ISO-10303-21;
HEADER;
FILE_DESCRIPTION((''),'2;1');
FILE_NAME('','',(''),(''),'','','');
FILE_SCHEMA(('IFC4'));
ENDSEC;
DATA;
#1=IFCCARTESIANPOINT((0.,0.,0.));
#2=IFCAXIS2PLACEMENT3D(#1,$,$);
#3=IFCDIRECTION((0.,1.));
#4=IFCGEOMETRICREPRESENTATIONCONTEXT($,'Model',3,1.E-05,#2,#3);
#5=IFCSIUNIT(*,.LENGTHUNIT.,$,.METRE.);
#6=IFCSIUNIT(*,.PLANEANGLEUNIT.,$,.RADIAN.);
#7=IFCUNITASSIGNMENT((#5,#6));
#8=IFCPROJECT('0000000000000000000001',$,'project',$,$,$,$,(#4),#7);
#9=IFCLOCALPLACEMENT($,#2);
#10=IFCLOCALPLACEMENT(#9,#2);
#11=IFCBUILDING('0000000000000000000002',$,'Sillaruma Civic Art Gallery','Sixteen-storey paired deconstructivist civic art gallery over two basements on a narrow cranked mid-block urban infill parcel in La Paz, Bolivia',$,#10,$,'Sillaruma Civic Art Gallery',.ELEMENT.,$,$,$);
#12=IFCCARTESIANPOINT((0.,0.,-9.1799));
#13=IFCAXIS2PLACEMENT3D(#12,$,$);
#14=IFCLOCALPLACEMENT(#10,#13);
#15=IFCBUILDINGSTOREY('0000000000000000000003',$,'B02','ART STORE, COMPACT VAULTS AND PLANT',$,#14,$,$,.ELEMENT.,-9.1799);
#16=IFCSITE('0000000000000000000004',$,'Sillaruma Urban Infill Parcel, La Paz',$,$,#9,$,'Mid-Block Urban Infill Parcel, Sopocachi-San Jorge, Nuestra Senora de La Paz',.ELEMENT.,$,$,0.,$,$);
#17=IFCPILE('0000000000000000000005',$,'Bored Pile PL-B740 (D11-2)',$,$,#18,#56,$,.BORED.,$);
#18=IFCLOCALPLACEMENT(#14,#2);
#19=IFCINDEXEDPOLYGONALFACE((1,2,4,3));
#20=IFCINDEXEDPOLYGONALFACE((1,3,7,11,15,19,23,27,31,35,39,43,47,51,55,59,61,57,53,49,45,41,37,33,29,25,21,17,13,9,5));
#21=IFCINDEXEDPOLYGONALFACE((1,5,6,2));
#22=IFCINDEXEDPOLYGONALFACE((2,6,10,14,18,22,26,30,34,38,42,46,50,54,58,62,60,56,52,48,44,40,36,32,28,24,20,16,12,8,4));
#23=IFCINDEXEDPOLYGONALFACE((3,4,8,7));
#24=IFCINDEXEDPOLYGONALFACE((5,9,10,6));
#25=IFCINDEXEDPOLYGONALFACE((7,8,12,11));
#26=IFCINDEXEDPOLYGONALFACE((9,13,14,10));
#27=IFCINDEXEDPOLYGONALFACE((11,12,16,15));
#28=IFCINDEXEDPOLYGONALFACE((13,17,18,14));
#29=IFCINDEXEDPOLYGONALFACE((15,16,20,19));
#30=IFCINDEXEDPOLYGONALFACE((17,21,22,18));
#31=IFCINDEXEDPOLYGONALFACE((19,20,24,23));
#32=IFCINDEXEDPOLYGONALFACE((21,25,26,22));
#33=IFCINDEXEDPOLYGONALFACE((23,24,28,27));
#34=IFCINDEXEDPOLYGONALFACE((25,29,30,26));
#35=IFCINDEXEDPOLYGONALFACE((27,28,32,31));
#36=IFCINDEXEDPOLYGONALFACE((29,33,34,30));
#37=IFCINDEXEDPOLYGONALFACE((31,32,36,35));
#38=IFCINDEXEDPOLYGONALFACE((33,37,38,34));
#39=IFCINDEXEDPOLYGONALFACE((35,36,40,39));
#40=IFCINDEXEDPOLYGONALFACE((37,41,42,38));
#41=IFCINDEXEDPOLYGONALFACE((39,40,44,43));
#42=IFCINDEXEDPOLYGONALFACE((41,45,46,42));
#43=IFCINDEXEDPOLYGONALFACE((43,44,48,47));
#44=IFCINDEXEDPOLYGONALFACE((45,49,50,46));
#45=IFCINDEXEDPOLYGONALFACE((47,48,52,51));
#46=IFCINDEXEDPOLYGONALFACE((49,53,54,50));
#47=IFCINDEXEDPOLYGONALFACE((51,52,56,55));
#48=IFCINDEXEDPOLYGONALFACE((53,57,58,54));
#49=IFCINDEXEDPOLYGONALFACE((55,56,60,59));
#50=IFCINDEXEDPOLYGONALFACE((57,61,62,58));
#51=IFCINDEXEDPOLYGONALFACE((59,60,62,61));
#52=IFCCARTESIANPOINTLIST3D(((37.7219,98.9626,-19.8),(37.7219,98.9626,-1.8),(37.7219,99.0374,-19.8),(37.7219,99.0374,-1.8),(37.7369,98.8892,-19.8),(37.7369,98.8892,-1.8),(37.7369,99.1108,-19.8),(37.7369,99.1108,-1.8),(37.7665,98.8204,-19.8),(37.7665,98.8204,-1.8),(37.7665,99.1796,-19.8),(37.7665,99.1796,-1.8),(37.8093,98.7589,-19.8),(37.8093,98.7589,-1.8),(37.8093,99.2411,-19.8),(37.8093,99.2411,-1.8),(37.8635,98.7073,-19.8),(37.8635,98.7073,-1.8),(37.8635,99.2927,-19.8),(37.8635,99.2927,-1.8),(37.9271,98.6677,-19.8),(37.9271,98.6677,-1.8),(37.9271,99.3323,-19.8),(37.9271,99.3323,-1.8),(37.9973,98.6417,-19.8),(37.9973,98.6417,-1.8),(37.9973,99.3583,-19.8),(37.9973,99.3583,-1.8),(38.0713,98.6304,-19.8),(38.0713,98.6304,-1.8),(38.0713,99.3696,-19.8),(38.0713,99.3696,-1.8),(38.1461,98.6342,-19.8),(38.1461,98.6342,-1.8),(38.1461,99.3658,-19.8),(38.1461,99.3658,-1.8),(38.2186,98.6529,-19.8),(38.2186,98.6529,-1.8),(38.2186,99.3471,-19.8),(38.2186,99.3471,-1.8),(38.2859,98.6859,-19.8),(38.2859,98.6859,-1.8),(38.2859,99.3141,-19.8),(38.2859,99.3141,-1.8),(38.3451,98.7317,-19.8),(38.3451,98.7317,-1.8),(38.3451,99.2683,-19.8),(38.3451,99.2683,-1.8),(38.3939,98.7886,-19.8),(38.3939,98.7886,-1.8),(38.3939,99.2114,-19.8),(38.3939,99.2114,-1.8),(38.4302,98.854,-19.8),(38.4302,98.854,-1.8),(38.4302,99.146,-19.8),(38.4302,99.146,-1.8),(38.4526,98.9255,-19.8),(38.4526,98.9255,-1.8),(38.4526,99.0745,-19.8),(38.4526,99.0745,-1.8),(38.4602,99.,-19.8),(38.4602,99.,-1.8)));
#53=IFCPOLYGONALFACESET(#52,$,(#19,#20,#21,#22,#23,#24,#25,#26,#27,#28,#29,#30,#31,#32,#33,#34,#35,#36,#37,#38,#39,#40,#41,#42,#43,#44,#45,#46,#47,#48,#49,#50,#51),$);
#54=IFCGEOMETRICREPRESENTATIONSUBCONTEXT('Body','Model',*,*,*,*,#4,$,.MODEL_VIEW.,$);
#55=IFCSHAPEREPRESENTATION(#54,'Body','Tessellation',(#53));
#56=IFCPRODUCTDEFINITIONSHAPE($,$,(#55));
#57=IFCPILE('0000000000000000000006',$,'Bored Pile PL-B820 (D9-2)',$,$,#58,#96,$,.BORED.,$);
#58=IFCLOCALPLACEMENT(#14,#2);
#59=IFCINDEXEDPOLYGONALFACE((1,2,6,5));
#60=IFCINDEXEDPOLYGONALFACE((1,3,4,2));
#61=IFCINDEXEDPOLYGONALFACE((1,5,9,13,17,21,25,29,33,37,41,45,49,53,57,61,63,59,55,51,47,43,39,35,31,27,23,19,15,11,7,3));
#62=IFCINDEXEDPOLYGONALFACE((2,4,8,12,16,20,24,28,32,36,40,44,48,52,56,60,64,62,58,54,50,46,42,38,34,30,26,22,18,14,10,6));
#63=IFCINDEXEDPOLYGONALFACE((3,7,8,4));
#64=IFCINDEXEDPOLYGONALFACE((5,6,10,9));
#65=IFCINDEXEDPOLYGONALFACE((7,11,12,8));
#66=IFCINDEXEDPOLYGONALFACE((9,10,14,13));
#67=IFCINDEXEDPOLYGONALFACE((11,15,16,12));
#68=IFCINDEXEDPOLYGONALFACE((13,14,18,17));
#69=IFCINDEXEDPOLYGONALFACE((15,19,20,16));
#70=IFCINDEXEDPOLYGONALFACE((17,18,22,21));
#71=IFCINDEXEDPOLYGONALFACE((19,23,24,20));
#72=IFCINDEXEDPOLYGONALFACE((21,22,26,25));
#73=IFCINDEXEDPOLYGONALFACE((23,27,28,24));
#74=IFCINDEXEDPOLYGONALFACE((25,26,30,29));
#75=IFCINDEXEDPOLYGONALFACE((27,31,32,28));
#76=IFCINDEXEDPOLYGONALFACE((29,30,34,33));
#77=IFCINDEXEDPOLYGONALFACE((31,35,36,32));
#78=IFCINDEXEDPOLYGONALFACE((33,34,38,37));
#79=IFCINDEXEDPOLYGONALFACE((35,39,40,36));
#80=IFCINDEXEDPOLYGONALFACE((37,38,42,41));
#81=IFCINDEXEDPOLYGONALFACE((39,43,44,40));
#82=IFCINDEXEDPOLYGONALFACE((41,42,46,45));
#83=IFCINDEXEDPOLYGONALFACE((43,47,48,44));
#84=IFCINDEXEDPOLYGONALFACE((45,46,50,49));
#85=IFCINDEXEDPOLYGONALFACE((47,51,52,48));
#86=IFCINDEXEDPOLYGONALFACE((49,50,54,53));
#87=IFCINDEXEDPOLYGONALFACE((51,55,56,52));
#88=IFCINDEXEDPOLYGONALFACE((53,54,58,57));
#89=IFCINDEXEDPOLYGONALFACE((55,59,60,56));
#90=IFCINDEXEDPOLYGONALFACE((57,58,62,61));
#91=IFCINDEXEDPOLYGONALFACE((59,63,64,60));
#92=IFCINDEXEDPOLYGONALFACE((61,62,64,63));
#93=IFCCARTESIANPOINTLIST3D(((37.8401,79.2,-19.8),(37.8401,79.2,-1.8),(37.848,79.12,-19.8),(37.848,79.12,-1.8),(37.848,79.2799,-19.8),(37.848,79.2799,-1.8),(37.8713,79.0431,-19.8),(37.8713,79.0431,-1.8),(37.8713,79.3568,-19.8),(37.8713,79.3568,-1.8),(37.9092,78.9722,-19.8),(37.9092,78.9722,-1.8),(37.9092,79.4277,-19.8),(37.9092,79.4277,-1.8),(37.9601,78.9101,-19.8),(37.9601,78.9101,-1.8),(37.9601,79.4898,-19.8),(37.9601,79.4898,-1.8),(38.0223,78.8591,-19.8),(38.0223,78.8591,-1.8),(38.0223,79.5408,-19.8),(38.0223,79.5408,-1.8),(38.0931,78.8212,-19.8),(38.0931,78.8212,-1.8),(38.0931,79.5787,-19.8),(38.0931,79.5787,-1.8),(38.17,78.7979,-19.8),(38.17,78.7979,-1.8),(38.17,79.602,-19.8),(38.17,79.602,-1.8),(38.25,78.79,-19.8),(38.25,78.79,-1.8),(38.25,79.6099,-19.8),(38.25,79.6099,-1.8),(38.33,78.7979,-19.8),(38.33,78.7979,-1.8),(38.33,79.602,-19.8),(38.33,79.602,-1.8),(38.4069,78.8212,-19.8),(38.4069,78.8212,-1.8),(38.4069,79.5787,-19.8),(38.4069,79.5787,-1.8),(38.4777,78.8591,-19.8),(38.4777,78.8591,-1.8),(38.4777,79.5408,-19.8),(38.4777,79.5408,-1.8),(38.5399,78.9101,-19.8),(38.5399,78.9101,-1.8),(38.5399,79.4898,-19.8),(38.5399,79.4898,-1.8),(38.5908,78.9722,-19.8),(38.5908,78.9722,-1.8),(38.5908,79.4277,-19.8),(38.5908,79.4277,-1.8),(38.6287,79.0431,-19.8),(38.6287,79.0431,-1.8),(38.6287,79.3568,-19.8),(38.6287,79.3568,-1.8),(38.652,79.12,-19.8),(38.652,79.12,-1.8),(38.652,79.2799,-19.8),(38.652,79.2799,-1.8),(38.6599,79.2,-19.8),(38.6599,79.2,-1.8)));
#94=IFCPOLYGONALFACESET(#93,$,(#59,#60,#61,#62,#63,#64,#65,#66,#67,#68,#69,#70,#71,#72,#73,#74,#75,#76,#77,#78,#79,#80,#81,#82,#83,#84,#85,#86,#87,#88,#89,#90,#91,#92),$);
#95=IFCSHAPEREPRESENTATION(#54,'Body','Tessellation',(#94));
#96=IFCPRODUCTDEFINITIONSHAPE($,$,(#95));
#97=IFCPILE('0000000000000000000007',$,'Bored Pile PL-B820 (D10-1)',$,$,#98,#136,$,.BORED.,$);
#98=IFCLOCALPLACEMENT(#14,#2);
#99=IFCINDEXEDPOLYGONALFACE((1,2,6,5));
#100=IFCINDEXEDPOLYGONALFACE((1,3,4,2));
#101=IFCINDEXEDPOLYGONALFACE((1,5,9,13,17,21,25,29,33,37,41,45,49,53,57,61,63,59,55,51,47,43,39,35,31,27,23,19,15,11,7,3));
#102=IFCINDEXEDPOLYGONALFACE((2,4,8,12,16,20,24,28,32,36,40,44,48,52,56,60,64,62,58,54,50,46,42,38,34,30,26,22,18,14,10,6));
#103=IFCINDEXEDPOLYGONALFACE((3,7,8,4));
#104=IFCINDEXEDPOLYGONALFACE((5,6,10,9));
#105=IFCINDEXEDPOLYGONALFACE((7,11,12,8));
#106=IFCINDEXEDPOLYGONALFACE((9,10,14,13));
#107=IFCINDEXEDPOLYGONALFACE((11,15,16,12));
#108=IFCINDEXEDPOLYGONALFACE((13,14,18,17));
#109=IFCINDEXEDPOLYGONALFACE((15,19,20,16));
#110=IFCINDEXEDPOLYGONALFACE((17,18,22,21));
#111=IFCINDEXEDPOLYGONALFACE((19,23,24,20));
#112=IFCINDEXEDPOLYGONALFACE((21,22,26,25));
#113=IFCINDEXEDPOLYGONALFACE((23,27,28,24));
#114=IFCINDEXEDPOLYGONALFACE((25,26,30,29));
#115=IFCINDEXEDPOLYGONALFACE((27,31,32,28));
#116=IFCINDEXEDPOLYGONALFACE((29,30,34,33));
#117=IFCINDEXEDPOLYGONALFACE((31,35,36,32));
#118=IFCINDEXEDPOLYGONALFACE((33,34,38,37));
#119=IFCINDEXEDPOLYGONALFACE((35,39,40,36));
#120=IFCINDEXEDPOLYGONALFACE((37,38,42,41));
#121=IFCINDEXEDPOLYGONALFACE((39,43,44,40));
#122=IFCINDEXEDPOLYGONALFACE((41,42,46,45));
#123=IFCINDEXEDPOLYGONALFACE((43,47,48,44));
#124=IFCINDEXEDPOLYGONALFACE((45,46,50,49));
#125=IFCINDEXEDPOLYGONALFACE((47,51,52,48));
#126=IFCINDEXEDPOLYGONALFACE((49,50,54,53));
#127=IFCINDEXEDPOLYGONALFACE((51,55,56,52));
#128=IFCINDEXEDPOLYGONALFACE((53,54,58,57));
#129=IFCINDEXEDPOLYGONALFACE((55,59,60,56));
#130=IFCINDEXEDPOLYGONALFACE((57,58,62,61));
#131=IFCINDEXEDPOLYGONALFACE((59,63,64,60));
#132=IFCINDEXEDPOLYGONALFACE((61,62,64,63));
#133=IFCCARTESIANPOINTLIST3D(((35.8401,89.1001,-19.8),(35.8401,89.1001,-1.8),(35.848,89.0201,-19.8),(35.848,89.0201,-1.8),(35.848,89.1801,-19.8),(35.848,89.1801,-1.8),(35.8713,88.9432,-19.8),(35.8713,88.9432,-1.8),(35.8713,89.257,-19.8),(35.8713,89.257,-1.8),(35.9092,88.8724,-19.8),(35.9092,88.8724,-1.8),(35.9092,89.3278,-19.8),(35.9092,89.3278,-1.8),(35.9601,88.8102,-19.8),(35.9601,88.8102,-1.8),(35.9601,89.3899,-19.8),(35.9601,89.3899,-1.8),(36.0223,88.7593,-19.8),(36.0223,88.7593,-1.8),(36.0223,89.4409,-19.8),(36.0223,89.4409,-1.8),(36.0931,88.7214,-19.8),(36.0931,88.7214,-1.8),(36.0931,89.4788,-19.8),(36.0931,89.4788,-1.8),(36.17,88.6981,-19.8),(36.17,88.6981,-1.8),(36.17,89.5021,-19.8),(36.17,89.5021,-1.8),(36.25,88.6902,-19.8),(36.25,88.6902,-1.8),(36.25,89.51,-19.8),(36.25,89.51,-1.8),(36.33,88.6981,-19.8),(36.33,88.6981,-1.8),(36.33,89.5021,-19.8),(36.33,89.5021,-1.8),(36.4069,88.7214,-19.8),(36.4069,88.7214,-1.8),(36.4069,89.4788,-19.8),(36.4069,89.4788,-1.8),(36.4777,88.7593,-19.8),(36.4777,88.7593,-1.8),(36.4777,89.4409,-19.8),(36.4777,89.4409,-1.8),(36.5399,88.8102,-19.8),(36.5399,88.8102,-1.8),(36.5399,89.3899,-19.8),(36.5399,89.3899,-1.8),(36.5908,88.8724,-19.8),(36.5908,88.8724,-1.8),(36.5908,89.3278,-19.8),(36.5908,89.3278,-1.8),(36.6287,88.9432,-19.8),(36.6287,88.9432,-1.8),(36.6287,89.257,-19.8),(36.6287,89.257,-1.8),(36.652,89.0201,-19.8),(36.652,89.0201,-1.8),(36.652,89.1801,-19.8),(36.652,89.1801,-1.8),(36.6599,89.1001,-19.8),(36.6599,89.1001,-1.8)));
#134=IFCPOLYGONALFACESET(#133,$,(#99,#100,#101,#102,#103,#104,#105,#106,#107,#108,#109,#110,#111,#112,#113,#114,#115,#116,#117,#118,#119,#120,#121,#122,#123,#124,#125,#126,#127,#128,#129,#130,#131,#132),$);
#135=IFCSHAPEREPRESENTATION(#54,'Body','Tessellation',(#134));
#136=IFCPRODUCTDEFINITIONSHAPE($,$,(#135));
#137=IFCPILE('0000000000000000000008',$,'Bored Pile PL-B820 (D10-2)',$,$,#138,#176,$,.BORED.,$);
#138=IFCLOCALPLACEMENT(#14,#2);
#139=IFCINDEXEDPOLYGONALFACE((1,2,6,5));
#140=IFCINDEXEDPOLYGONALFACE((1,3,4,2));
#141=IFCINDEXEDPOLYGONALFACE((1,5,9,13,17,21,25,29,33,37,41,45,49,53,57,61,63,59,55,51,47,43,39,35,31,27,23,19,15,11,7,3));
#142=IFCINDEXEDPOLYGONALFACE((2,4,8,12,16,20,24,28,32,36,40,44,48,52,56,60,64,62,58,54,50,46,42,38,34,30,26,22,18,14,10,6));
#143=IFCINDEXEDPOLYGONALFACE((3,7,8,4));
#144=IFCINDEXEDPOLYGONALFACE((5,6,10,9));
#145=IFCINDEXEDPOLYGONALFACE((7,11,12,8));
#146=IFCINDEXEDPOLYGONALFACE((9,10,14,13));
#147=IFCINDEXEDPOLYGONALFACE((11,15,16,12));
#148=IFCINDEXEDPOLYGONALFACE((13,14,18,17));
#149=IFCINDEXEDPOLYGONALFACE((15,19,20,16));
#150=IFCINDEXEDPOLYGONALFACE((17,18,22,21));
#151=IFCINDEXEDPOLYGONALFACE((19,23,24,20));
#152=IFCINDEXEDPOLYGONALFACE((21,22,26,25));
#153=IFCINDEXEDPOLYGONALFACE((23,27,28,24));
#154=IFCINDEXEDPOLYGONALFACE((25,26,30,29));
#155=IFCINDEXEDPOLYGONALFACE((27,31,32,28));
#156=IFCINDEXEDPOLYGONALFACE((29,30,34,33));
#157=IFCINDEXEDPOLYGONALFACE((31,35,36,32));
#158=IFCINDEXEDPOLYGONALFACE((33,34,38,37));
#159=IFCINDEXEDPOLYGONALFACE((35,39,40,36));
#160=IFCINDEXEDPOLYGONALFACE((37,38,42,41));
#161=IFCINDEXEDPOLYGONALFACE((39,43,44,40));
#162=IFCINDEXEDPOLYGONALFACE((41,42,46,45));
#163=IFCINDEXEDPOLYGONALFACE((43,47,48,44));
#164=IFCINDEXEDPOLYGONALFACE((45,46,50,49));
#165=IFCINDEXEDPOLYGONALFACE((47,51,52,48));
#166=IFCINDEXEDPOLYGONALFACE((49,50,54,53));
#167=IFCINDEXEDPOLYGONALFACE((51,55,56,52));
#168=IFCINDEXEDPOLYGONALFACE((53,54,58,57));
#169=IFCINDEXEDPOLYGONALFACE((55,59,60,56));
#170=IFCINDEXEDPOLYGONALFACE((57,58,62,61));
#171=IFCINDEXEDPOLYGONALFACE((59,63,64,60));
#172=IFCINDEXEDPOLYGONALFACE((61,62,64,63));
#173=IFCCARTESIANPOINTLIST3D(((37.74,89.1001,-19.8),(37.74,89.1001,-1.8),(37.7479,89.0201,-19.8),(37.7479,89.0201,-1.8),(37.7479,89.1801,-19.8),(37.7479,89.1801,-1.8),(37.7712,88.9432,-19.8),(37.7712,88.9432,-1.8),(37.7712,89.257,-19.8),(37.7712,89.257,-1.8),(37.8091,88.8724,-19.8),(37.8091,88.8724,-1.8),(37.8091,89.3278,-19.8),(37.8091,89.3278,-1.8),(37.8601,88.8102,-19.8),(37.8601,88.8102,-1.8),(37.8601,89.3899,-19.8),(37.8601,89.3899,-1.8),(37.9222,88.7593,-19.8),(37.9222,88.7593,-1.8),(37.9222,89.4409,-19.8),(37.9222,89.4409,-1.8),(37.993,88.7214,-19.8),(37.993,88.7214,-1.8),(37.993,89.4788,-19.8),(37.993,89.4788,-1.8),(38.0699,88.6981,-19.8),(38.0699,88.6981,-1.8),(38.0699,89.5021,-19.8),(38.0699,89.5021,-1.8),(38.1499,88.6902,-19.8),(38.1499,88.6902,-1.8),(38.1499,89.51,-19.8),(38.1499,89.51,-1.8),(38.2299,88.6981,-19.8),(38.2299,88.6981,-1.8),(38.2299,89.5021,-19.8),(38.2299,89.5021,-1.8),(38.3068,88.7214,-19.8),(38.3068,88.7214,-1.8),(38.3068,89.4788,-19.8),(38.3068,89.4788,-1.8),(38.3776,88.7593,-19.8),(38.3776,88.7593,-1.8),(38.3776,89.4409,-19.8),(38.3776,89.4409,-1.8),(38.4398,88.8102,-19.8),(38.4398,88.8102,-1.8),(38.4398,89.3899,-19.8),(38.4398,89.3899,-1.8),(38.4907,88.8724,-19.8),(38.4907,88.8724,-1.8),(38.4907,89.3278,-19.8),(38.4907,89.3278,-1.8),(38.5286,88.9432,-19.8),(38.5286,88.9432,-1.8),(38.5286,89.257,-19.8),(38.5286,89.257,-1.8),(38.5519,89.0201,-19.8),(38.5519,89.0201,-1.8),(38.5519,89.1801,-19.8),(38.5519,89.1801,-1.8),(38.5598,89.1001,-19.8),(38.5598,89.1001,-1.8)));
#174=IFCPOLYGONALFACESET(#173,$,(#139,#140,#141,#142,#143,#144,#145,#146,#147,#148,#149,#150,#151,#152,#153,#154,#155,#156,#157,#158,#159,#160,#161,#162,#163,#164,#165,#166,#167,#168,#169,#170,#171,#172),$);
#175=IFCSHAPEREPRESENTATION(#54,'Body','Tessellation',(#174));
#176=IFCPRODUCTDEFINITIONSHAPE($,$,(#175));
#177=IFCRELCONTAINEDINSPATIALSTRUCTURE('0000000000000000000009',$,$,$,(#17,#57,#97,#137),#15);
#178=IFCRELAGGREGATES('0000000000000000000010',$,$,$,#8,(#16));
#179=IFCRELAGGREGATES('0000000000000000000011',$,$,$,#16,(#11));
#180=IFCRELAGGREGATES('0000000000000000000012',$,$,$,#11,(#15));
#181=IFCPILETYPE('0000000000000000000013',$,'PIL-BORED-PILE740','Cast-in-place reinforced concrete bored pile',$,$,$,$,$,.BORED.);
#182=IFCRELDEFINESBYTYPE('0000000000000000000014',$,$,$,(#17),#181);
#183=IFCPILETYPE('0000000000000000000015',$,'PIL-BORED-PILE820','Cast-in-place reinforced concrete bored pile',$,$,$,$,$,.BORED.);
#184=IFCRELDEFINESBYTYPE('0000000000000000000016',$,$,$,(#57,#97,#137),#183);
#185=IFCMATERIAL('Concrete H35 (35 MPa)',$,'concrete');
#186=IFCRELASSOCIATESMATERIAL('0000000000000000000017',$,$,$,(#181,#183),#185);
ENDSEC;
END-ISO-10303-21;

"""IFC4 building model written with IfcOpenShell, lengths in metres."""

from ifc_helpers import new_model, si_unit, direction, frame, origin, origin_2d, place, context, subcontext, project, spatial, circle, extrude, material, material_profile, profile_set, type_object, element, save


model = new_model("IFC4")

# Units and contexts
model_context = context("Model", 3, precision=1e-05, world=origin(), true_north=direction((0.0, 1.0)))
body_context = subcontext(model_context, "Body", "Model", "MODEL_VIEW")
ifc_project = project(units=[si_unit("LENGTHUNIT", "METRE"), si_unit("PLANEANGLEUNIT", "RADIAN")], contexts=[model_context])

# Site, building, storey
site_placement = place(None, origin())
site = spatial("IfcSite", under=ifc_project, at=site_placement, Name="Sillaruma Urban Infill Parcel, La Paz", LongName="Mid-Block Urban Infill Parcel, Sopocachi-San Jorge, Nuestra Senora de La Paz", CompositionType="ELEMENT", RefElevation=0.0)
building_placement = place(site_placement, origin())
building = spatial("IfcBuilding", under=site, at=building_placement, Name="Sillaruma Civic Art Gallery", Description="Sixteen-storey paired deconstructivist civic art gallery over two basements on a narrow cranked mid-block urban infill parcel in La Paz, Bolivia", LongName="Sillaruma Civic Art Gallery", CompositionType="ELEMENT")
storey_placement = place(building_placement, frame((0.0, 0.0, -9.1799)))
storey = spatial("IfcBuildingStorey", under=building, at=storey_placement, Name="B02", Description="ART STORE, COMPACT VAULTS AND PLANT", CompositionType="ELEMENT", Elevation=-9.1799)

# Shared definitions
ifc_material_1 = material(Name="Concrete H35 (35 MPa)", Category="concrete")

# Piles
ifc_material_profile_1 = material_profile(ifc_material_1, circle(Radius=0.3701, at=origin_2d()), Name="PILE740")
ifc_profile_set_1 = profile_set([ifc_material_profile_1], Name="Concrete H35 (35 MPa)")
pile_type_1 = type_object("IfcPileType", Name="PIL-BORED-PILE740", Description="Cast-in-place reinforced concrete bored pile", PredefinedType="BORED", material=ifc_profile_set_1)
for number, where, z_axis, x_axis, name in (
    (1, (38.0901, 99.0, -1.8), (0.0, 0.0, -1.0), (1.0, 0.0, 0.0), "Bored Pile PL-B740 (D11-2)"),
):
    element("IfcPile", number, at=place(storey_placement, frame(where, z_axis=z_axis, x_axis=x_axis)), inside=storey, type_object=pile_type_1, Name=name, PredefinedType="BORED", context=body_context, shape_type="SweptSolid", body=[
        extrude(circle(Radius=0.3701, at=origin_2d()), origin(), (0.0, 0.0, 1.0), 18.0),
    ])
ifc_material_profile_2 = material_profile(ifc_material_1, circle(Radius=0.4099, at=origin_2d()), Name="PILE820")
ifc_profile_set_2 = profile_set([ifc_material_profile_2], Name="Concrete H35 (35 MPa)")
pile_type_2 = type_object("IfcPileType", Name="PIL-BORED-PILE820", Description="Cast-in-place reinforced concrete bored pile", PredefinedType="BORED", material=ifc_profile_set_2)
for number, where, z_axis, x_axis, name in (
    (2, (38.25, 79.2, -1.8), (0.0, 0.0, -1.0), (1.0, 0.0, 0.0), "Bored Pile PL-B820 (D9-2)"),
    (3, (36.25, 89.1001, -1.8), (0.0, 0.0, -1.0), (1.0, 0.0, 0.0), "Bored Pile PL-B820 (D10-1)"),
    (4, (38.1499, 89.1001, -1.8), (0.0, 0.0, -1.0), (1.0, 0.0, 0.0), "Bored Pile PL-B820 (D10-2)"),
):
    element("IfcPile", number, at=place(storey_placement, frame(where, z_axis=z_axis, x_axis=x_axis)), inside=storey, type_object=pile_type_2, Name=name, PredefinedType="BORED", context=body_context, shape_type="SweptSolid", body=[
        extrude(circle(Radius=0.4099, at=origin_2d()), origin(), (0.0, 0.0, 1.0), 18.0),
    ])

save(model, "model.ifc")
